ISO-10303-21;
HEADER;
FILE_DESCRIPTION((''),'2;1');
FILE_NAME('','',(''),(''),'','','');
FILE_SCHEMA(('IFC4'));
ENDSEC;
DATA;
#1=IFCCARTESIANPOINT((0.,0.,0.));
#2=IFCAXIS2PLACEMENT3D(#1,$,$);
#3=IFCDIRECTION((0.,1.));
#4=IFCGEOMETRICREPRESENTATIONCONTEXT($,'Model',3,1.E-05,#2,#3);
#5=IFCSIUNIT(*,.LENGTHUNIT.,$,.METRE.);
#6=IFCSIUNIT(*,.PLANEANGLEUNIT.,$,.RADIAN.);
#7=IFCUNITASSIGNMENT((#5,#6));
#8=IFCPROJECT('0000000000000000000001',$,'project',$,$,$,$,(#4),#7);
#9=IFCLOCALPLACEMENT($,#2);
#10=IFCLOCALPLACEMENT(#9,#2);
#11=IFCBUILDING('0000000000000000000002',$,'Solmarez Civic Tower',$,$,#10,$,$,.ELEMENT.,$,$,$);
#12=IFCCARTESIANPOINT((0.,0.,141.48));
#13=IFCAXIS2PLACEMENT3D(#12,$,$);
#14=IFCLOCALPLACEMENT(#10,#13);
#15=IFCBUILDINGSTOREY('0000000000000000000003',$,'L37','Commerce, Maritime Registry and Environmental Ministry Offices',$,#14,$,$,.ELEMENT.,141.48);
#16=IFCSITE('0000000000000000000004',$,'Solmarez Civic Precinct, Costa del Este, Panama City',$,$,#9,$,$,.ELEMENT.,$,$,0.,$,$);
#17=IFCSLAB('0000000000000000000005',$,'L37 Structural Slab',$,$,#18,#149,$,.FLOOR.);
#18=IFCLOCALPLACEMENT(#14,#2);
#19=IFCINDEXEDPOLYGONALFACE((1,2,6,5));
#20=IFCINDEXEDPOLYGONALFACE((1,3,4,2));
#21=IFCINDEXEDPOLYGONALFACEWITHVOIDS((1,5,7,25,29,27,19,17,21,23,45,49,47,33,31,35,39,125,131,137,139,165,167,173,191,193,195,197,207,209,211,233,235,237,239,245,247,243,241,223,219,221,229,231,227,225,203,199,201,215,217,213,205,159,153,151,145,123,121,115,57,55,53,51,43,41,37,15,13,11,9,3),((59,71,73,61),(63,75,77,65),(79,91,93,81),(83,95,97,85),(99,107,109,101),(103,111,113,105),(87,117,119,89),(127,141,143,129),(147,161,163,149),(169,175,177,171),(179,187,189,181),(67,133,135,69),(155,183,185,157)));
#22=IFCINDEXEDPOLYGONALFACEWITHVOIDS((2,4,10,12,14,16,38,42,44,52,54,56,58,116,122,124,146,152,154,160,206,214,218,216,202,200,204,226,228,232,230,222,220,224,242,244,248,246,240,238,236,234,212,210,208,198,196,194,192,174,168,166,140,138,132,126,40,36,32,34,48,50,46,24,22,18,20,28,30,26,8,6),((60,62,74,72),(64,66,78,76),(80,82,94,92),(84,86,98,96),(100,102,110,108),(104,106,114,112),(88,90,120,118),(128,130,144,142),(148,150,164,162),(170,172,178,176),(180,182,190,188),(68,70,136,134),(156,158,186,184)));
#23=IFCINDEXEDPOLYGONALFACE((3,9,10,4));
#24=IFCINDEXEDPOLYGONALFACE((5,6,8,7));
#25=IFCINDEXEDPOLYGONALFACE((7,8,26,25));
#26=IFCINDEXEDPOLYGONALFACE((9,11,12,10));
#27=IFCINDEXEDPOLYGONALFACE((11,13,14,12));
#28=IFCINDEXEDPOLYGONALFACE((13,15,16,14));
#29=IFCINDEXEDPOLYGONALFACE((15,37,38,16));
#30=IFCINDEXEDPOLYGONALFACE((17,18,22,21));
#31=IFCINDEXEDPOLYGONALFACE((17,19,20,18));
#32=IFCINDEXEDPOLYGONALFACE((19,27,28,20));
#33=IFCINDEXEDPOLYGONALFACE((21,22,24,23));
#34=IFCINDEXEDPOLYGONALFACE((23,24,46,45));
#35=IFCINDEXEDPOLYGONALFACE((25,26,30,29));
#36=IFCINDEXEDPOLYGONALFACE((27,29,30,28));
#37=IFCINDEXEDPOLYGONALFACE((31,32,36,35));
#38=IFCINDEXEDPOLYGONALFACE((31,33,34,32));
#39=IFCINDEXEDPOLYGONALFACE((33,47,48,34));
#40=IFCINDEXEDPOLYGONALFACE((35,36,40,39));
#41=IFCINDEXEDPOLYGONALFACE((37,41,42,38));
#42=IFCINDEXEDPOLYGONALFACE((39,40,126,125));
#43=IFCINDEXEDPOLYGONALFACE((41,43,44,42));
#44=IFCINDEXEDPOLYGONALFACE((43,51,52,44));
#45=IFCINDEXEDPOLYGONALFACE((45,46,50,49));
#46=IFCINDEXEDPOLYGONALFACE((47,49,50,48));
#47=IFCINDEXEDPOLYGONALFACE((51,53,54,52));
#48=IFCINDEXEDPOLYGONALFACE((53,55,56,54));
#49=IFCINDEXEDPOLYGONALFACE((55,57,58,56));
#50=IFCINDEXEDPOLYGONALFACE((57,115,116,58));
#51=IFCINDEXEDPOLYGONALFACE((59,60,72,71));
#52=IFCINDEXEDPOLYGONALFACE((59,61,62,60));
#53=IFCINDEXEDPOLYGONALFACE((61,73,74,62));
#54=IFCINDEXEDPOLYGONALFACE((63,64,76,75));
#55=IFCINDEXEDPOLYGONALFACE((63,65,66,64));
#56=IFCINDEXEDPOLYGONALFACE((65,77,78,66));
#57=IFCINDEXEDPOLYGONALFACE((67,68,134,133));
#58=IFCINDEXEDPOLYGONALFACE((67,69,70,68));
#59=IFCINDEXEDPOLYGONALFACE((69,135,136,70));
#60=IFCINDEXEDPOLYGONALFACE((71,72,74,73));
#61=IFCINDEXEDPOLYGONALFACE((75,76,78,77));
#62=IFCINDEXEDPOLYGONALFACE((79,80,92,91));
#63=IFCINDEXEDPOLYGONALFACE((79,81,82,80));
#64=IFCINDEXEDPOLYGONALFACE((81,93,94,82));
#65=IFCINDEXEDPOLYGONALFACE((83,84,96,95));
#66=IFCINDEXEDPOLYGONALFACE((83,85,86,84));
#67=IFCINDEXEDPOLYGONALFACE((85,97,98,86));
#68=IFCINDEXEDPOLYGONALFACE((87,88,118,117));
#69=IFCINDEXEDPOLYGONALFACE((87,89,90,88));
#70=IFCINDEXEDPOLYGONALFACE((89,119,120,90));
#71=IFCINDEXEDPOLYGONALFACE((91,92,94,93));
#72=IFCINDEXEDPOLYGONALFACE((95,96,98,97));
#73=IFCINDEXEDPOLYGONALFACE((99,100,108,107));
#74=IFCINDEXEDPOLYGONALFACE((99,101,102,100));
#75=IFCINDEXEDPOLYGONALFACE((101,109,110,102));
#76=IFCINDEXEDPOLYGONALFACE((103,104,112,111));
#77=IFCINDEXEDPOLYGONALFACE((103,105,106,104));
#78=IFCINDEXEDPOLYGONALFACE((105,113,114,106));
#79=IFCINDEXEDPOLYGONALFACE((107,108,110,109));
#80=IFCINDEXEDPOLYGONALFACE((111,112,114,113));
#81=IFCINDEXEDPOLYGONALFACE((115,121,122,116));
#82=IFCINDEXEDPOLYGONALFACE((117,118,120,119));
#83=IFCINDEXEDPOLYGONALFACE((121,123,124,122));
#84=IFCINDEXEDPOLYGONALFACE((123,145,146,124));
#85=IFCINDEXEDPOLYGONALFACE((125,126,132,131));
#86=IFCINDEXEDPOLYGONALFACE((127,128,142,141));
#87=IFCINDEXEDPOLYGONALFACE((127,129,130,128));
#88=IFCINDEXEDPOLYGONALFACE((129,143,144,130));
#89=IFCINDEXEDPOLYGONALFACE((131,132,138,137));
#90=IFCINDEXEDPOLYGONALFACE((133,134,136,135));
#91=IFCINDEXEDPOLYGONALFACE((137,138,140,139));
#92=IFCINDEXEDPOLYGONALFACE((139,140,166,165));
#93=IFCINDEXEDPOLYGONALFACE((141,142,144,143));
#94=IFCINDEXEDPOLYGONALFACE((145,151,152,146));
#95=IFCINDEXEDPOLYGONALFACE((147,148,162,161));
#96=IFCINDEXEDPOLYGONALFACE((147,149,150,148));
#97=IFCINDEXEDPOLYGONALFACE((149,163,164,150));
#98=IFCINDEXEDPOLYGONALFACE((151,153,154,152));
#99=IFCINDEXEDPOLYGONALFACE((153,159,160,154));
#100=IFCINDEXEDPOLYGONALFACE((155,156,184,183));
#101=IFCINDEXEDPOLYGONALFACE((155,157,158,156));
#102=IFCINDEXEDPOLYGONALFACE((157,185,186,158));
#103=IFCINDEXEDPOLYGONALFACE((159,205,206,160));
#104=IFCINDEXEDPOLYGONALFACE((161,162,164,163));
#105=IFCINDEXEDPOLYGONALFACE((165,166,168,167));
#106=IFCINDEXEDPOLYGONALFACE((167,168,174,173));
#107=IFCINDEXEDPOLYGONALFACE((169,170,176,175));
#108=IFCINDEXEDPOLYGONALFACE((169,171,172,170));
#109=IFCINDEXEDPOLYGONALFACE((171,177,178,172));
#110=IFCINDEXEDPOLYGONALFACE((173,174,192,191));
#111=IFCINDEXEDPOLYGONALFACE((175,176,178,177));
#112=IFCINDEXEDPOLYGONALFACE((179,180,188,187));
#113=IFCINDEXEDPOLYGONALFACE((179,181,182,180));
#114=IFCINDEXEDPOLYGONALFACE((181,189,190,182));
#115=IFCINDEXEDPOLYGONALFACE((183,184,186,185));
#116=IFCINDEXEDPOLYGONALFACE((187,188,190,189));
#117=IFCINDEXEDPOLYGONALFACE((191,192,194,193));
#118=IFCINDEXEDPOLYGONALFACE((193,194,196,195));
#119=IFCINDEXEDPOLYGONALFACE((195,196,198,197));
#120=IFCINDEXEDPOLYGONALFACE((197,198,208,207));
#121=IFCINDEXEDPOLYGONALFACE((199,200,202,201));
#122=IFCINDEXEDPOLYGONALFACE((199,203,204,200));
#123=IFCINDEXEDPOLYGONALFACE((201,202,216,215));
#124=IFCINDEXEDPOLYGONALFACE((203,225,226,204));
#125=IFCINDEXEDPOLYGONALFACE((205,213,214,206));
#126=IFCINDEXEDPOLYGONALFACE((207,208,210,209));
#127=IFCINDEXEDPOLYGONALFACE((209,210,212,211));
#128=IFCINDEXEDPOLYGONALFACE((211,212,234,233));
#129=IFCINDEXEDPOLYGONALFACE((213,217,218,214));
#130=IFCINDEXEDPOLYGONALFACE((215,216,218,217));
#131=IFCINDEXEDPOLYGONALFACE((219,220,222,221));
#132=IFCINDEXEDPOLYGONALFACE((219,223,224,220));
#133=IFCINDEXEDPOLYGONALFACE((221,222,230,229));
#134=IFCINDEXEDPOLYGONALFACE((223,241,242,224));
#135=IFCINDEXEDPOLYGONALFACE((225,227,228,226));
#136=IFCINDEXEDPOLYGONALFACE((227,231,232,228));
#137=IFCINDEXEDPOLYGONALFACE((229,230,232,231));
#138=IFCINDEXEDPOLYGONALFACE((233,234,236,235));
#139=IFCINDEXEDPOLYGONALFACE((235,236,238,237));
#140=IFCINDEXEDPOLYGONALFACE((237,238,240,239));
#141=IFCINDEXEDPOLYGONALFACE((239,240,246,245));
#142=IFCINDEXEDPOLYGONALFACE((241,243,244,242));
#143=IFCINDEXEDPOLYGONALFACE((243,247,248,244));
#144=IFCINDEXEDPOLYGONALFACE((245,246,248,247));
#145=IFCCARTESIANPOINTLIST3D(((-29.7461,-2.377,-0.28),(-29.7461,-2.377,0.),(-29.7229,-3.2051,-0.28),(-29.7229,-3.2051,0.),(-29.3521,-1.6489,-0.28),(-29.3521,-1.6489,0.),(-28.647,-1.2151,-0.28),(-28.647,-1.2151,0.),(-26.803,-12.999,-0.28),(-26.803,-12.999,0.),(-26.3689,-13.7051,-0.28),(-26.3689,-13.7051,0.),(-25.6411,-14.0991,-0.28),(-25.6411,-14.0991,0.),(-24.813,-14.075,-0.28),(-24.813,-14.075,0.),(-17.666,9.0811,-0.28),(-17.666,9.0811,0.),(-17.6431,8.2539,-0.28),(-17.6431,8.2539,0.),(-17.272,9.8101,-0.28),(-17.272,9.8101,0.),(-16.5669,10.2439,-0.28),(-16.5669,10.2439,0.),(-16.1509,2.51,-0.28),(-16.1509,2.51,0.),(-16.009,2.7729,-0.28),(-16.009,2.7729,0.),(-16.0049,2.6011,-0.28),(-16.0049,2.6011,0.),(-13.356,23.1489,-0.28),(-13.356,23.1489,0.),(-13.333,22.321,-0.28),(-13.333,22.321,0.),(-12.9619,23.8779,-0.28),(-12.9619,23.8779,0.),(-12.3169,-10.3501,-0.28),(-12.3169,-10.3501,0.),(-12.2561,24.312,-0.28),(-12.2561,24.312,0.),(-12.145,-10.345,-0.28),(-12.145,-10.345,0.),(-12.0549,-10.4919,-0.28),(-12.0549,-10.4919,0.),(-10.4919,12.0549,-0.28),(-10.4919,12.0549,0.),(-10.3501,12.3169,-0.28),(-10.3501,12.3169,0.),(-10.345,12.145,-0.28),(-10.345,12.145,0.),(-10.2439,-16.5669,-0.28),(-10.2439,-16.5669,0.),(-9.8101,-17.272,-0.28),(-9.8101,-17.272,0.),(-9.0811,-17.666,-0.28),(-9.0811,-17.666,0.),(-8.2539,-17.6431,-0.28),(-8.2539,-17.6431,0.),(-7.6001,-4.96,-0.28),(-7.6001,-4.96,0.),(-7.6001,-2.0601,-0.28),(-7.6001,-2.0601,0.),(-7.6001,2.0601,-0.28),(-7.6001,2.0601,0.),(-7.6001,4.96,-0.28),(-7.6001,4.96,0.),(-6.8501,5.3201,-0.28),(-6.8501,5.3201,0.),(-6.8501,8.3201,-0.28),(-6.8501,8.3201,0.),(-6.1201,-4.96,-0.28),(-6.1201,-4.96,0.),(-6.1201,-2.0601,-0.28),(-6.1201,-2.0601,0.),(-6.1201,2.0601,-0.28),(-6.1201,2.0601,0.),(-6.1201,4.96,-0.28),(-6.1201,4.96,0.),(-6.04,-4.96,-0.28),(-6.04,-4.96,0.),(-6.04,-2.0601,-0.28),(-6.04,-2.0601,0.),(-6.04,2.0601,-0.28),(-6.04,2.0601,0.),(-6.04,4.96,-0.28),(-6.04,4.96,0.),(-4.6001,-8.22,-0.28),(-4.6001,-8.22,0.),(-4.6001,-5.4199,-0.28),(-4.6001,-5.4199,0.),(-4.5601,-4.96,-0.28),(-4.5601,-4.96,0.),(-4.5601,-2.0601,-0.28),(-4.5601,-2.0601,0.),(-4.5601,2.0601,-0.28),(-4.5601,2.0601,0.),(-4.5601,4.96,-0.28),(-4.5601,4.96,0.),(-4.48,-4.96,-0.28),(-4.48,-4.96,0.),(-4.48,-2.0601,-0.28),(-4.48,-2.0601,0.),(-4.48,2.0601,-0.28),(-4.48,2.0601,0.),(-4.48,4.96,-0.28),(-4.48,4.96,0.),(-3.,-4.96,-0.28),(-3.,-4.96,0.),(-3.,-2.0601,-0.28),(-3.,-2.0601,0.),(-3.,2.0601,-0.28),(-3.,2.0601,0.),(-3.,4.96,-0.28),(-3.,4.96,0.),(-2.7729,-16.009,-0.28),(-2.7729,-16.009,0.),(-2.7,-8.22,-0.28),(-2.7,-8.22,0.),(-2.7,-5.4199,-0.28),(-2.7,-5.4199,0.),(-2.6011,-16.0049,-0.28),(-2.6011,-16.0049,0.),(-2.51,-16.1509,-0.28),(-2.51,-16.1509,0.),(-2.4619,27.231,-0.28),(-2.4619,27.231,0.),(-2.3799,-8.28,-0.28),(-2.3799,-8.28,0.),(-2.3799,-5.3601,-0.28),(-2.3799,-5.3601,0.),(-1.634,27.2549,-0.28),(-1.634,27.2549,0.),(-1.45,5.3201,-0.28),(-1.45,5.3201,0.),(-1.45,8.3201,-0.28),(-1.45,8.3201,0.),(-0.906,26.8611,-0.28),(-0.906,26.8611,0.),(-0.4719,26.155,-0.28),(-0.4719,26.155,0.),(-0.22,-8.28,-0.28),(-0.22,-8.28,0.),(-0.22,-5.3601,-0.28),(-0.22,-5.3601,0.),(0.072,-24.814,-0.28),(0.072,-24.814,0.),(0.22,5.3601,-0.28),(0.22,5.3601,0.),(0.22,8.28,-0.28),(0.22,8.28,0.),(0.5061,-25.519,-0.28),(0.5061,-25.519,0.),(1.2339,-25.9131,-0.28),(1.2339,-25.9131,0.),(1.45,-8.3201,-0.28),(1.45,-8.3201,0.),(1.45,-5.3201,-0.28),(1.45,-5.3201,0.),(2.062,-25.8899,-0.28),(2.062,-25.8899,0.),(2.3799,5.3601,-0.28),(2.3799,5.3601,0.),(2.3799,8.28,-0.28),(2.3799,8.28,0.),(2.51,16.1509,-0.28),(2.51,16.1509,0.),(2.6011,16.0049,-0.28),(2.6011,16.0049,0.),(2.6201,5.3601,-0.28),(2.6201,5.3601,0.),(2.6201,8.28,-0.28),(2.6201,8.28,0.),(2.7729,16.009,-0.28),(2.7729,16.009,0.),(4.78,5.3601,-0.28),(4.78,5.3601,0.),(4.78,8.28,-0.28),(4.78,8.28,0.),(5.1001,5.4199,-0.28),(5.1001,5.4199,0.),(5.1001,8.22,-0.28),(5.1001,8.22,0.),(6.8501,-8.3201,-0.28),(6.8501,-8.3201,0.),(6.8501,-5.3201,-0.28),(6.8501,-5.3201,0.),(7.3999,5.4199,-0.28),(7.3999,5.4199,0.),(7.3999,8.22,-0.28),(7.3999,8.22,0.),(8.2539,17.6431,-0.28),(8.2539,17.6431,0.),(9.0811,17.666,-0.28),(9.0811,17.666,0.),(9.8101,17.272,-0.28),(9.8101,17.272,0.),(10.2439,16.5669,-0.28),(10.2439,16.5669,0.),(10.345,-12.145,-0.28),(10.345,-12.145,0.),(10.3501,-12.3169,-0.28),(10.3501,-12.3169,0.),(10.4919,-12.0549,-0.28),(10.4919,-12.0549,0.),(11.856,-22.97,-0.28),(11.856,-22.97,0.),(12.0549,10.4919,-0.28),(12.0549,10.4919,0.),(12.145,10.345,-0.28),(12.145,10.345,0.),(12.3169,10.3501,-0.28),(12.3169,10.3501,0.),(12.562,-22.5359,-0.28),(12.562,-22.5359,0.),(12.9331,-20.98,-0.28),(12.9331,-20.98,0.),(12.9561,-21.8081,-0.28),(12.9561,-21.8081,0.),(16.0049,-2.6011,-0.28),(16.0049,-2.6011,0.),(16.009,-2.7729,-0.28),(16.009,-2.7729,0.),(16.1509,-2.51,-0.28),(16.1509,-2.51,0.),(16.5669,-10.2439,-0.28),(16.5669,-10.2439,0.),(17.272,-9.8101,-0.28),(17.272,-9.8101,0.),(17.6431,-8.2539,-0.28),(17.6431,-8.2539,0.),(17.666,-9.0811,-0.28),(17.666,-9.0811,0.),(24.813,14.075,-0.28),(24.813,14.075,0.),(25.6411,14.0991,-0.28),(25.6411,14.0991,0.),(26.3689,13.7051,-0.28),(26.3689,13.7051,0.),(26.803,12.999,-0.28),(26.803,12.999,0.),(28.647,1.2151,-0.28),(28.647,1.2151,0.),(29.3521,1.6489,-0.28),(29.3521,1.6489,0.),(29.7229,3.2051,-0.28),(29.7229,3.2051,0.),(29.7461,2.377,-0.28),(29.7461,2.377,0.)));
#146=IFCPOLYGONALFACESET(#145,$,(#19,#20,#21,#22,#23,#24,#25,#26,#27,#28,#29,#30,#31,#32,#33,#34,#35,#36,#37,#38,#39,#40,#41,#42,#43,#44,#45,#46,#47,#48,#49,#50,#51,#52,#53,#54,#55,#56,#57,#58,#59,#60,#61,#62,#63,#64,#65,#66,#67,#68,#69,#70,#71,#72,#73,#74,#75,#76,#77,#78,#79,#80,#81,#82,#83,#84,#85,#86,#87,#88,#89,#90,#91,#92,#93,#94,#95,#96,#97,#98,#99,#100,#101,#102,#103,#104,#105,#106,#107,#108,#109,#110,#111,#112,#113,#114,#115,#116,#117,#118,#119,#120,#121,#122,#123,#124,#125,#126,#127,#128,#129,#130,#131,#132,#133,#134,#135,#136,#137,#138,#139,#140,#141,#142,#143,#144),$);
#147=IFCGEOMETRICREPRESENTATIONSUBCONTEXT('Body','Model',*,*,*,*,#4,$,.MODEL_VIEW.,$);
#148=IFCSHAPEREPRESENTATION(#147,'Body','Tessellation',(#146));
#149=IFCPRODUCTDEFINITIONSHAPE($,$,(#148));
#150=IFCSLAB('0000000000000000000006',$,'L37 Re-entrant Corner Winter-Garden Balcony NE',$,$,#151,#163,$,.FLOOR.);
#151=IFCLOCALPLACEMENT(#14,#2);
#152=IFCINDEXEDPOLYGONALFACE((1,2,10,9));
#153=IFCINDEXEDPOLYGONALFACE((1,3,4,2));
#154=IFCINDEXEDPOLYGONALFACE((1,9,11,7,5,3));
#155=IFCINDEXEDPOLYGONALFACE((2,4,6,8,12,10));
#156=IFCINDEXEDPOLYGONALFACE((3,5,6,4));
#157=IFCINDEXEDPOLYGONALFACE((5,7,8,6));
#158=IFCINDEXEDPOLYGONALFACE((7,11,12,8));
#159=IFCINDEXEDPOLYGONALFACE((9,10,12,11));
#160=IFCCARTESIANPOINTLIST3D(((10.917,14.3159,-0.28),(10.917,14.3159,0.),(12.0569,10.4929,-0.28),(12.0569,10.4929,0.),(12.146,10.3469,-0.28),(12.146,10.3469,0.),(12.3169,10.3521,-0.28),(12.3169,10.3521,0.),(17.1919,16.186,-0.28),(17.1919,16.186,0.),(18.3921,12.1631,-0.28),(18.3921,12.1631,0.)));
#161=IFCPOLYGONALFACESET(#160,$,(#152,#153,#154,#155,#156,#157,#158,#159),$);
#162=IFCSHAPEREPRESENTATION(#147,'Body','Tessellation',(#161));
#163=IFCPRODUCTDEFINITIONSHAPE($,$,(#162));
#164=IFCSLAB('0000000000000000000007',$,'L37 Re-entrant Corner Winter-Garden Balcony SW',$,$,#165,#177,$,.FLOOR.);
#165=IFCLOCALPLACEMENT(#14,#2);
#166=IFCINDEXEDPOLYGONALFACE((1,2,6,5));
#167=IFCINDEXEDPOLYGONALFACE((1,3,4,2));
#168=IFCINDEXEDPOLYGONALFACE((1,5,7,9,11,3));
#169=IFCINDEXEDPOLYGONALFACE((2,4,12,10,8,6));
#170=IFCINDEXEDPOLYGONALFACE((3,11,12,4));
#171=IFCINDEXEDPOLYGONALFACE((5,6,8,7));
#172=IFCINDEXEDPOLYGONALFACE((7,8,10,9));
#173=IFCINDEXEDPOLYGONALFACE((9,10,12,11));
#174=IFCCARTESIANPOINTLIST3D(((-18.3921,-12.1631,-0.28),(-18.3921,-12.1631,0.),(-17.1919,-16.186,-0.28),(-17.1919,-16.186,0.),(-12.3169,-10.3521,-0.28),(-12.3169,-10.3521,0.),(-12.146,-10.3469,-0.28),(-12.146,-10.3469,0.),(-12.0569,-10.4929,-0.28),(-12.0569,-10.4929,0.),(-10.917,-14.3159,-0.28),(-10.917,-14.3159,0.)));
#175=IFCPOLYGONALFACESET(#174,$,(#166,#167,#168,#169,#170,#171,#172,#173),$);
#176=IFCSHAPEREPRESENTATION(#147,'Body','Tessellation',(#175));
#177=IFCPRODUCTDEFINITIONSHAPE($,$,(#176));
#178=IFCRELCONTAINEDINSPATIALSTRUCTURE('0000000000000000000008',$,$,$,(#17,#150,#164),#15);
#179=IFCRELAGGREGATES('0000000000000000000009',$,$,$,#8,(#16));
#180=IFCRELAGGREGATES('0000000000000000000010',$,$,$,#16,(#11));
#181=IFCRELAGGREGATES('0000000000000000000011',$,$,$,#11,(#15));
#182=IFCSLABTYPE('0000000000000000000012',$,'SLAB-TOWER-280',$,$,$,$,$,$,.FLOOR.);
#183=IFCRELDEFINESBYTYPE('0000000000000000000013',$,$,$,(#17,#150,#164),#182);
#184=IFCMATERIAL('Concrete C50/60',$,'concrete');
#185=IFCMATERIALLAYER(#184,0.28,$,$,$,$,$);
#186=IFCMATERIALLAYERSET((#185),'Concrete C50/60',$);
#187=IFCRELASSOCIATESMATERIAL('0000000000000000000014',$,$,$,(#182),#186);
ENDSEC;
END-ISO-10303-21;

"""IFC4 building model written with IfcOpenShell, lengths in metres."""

from ifc_helpers import new_model, si_unit, direction, frame, origin, place, context, subcontext, project, spatial, polyline, outline, extrude, material, layer, layer_set, type_object, element, save


model = new_model("IFC4")

# Units and contexts
model_context = context("Model", 3, precision=1e-05, world=origin(), true_north=direction((0.0, 1.0)))
body_context = subcontext(model_context, "Body", "Model", "MODEL_VIEW")
ifc_project = project(units=[si_unit("LENGTHUNIT", "METRE"), si_unit("PLANEANGLEUNIT", "RADIAN")], contexts=[model_context])

# Site, building, storey
site_placement = place(None, origin())
site = spatial("IfcSite", under=ifc_project, at=site_placement, Name="Solmarez Civic Precinct, Costa del Este, Panama City", CompositionType="ELEMENT", RefElevation=0.0)
building_placement = place(site_placement, origin())
building = spatial("IfcBuilding", under=site, at=building_placement, Name="Solmarez Civic Tower", CompositionType="ELEMENT")
storey_placement = place(building_placement, frame((0.0, 0.0, 141.48)))
storey = spatial("IfcBuildingStorey", under=building, at=storey_placement, Name="L37", Description="Commerce, Maritime Registry and Environmental Ministry Offices", CompositionType="ELEMENT", Elevation=141.48)

# Shared definitions
ifc_material_1 = material(Name="Concrete C50/60", Category="concrete")

# Slabs
ifc_layer_1 = layer(ifc_material_1, 0.28)
ifc_layer_set_1 = layer_set([ifc_layer_1], Name="Concrete C50/60")
slab_type_1 = type_object("IfcSlabType", Name="SLAB-TOWER-280", PredefinedType="FLOOR", material=ifc_layer_set_1)
slab_1_placement = place(storey_placement, frame((0.0, 0.0, -0.28)))
element("IfcSlab", 1, at=slab_1_placement, inside=storey, type_object=slab_type_1, Name="L37 Structural Slab", PredefinedType="FLOOR", context=body_context, shape_type="SweptSolid", body=[
    extrude(outline(polyline([(-12.0549, -10.4919), (-10.2439, -16.5669), (-9.8101, -17.272), (-9.0811, -17.666), (-8.2539, -17.6431), (-2.7729, -16.009), (-2.6011, -16.0049), (-2.51, -16.1509), (0.072, -24.814), (0.5061, -25.519), (1.2339, -25.9131), (2.062, -25.8899), (11.856, -22.97), (12.562, -22.5359), (12.9561, -21.8081), (12.9331, -20.98), (10.3501, -12.3169), (10.345, -12.145), (10.4919, -12.0549), (16.5669, -10.2439), (17.272, -9.8101), (17.666, -9.0811), (17.6431, -8.2539), (16.009, -2.7729), (16.0049, -2.6011), (16.1509, -2.51), (28.647, 1.2151), (29.3521, 1.6489), (29.7461, 2.377), (29.7229, 3.2051), (26.803, 12.999), (26.3689, 13.7051), (25.6411, 14.0991), (24.813, 14.075), (12.3169, 10.3501), (12.145, 10.345), (12.0549, 10.4919), (10.2439, 16.5669), (9.8101, 17.272), (9.0811, 17.666), (8.2539, 17.6431), (2.7729, 16.009), (2.6011, 16.0049), (2.51, 16.1509), (-0.4719, 26.155), (-0.906, 26.8611), (-1.634, 27.2549), (-2.4619, 27.231), (-12.2561, 24.312), (-12.9619, 23.8779), (-13.356, 23.1489), (-13.333, 22.321), (-10.3501, 12.3169), (-10.345, 12.145), (-10.4919, 12.0549), (-16.5669, 10.2439), (-17.272, 9.8101), (-17.666, 9.0811), (-17.6431, 8.2539), (-16.009, 2.7729), (-16.0049, 2.6011), (-16.1509, 2.51), (-28.647, -1.2151), (-29.3521, -1.6489), (-29.7461, -2.377), (-29.7229, -3.2051), (-26.803, -12.999), (-26.3689, -13.7051), (-25.6411, -14.0991), (-24.813, -14.075), (-12.3169, -10.3501), (-12.145, -10.345), (-12.0549, -10.4919)]), holes=[polyline([(-1.45, 8.3201), (-6.8501, 8.3201), (-6.8501, 5.3201), (-1.45, 5.3201), (-1.45, 8.3201)]), polyline([(1.45, -8.3201), (6.8501, -8.3201), (6.8501, -5.3201), (1.45, -5.3201), (1.45, -8.3201)]), polyline([(0.22, 5.3601), (2.3799, 5.3601), (2.3799, 8.28), (0.22, 8.28), (0.22, 5.3601)]), polyline([(2.6201, 5.3601), (4.78, 5.3601), (4.78, 8.28), (2.6201, 8.28), (2.6201, 5.3601)]), polyline([(-2.3799, -8.28), (-0.22, -8.28), (-0.22, -5.3601), (-2.3799, -5.3601), (-2.3799, -8.28)]), polyline([(-7.6001, -4.96), (-6.1201, -4.96), (-6.1201, -2.0601), (-7.6001, -2.0601), (-7.6001, -4.96)]), polyline([(-6.04, -4.96), (-4.5601, -4.96), (-4.5601, -2.0601), (-6.04, -2.0601), (-6.04, -4.96)]), polyline([(-4.48, -4.96), (-3.0, -4.96), (-3.0, -2.0601), (-4.48, -2.0601), (-4.48, -4.96)]), polyline([(-7.6001, 2.0601), (-6.1201, 2.0601), (-6.1201, 4.96), (-7.6001, 4.96), (-7.6001, 2.0601)]), polyline([(-6.04, 2.0601), (-4.5601, 2.0601), (-4.5601, 4.96), (-6.04, 4.96), (-6.04, 2.0601)]), polyline([(-4.48, 2.0601), (-3.0, 2.0601), (-3.0, 4.96), (-4.48, 4.96), (-4.48, 2.0601)]), polyline([(5.1001, 5.4199), (7.3999, 5.4199), (7.3999, 8.22), (5.1001, 8.22), (5.1001, 5.4199)]), polyline([(-4.6001, -8.22), (-2.7, -8.22), (-2.7, -5.4199), (-4.6001, -5.4199), (-4.6001, -8.22)])]), origin(), (0.0, 0.0, 1.0), 0.28),
])
slab_2_placement = place(storey_placement, frame((0.0, 0.0, -0.28)))
element("IfcSlab", 2, at=slab_2_placement, inside=storey, type_object=slab_type_1, Name="L37 Re-entrant Corner Winter-Garden Balcony NE", PredefinedType="FLOOR", context=body_context, shape_type="SweptSolid", body=[
    extrude(outline(polyline([(10.917, 14.3159), (12.0569, 10.4929), (12.146, 10.3469), (12.3169, 10.3521), (18.3921, 12.1631), (17.1919, 16.186), (10.917, 14.3159)])), origin(), (0.0, 0.0, 1.0), 0.28),
])
slab_3_placement = place(storey_placement, frame((0.0, 0.0, -0.28)))
element("IfcSlab", 3, at=slab_3_placement, inside=storey, type_object=slab_type_1, Name="L37 Re-entrant Corner Winter-Garden Balcony SW", PredefinedType="FLOOR", context=body_context, shape_type="SweptSolid", body=[
    extrude(outline(polyline([(-10.917, -14.3159), (-12.0569, -10.4929), (-12.146, -10.3469), (-12.3169, -10.3521), (-18.3921, -12.1631), (-17.1919, -16.186), (-10.917, -14.3159)])), origin(), (0.0, 0.0, 1.0), 0.28),
])

save(model, "model.ifc")
